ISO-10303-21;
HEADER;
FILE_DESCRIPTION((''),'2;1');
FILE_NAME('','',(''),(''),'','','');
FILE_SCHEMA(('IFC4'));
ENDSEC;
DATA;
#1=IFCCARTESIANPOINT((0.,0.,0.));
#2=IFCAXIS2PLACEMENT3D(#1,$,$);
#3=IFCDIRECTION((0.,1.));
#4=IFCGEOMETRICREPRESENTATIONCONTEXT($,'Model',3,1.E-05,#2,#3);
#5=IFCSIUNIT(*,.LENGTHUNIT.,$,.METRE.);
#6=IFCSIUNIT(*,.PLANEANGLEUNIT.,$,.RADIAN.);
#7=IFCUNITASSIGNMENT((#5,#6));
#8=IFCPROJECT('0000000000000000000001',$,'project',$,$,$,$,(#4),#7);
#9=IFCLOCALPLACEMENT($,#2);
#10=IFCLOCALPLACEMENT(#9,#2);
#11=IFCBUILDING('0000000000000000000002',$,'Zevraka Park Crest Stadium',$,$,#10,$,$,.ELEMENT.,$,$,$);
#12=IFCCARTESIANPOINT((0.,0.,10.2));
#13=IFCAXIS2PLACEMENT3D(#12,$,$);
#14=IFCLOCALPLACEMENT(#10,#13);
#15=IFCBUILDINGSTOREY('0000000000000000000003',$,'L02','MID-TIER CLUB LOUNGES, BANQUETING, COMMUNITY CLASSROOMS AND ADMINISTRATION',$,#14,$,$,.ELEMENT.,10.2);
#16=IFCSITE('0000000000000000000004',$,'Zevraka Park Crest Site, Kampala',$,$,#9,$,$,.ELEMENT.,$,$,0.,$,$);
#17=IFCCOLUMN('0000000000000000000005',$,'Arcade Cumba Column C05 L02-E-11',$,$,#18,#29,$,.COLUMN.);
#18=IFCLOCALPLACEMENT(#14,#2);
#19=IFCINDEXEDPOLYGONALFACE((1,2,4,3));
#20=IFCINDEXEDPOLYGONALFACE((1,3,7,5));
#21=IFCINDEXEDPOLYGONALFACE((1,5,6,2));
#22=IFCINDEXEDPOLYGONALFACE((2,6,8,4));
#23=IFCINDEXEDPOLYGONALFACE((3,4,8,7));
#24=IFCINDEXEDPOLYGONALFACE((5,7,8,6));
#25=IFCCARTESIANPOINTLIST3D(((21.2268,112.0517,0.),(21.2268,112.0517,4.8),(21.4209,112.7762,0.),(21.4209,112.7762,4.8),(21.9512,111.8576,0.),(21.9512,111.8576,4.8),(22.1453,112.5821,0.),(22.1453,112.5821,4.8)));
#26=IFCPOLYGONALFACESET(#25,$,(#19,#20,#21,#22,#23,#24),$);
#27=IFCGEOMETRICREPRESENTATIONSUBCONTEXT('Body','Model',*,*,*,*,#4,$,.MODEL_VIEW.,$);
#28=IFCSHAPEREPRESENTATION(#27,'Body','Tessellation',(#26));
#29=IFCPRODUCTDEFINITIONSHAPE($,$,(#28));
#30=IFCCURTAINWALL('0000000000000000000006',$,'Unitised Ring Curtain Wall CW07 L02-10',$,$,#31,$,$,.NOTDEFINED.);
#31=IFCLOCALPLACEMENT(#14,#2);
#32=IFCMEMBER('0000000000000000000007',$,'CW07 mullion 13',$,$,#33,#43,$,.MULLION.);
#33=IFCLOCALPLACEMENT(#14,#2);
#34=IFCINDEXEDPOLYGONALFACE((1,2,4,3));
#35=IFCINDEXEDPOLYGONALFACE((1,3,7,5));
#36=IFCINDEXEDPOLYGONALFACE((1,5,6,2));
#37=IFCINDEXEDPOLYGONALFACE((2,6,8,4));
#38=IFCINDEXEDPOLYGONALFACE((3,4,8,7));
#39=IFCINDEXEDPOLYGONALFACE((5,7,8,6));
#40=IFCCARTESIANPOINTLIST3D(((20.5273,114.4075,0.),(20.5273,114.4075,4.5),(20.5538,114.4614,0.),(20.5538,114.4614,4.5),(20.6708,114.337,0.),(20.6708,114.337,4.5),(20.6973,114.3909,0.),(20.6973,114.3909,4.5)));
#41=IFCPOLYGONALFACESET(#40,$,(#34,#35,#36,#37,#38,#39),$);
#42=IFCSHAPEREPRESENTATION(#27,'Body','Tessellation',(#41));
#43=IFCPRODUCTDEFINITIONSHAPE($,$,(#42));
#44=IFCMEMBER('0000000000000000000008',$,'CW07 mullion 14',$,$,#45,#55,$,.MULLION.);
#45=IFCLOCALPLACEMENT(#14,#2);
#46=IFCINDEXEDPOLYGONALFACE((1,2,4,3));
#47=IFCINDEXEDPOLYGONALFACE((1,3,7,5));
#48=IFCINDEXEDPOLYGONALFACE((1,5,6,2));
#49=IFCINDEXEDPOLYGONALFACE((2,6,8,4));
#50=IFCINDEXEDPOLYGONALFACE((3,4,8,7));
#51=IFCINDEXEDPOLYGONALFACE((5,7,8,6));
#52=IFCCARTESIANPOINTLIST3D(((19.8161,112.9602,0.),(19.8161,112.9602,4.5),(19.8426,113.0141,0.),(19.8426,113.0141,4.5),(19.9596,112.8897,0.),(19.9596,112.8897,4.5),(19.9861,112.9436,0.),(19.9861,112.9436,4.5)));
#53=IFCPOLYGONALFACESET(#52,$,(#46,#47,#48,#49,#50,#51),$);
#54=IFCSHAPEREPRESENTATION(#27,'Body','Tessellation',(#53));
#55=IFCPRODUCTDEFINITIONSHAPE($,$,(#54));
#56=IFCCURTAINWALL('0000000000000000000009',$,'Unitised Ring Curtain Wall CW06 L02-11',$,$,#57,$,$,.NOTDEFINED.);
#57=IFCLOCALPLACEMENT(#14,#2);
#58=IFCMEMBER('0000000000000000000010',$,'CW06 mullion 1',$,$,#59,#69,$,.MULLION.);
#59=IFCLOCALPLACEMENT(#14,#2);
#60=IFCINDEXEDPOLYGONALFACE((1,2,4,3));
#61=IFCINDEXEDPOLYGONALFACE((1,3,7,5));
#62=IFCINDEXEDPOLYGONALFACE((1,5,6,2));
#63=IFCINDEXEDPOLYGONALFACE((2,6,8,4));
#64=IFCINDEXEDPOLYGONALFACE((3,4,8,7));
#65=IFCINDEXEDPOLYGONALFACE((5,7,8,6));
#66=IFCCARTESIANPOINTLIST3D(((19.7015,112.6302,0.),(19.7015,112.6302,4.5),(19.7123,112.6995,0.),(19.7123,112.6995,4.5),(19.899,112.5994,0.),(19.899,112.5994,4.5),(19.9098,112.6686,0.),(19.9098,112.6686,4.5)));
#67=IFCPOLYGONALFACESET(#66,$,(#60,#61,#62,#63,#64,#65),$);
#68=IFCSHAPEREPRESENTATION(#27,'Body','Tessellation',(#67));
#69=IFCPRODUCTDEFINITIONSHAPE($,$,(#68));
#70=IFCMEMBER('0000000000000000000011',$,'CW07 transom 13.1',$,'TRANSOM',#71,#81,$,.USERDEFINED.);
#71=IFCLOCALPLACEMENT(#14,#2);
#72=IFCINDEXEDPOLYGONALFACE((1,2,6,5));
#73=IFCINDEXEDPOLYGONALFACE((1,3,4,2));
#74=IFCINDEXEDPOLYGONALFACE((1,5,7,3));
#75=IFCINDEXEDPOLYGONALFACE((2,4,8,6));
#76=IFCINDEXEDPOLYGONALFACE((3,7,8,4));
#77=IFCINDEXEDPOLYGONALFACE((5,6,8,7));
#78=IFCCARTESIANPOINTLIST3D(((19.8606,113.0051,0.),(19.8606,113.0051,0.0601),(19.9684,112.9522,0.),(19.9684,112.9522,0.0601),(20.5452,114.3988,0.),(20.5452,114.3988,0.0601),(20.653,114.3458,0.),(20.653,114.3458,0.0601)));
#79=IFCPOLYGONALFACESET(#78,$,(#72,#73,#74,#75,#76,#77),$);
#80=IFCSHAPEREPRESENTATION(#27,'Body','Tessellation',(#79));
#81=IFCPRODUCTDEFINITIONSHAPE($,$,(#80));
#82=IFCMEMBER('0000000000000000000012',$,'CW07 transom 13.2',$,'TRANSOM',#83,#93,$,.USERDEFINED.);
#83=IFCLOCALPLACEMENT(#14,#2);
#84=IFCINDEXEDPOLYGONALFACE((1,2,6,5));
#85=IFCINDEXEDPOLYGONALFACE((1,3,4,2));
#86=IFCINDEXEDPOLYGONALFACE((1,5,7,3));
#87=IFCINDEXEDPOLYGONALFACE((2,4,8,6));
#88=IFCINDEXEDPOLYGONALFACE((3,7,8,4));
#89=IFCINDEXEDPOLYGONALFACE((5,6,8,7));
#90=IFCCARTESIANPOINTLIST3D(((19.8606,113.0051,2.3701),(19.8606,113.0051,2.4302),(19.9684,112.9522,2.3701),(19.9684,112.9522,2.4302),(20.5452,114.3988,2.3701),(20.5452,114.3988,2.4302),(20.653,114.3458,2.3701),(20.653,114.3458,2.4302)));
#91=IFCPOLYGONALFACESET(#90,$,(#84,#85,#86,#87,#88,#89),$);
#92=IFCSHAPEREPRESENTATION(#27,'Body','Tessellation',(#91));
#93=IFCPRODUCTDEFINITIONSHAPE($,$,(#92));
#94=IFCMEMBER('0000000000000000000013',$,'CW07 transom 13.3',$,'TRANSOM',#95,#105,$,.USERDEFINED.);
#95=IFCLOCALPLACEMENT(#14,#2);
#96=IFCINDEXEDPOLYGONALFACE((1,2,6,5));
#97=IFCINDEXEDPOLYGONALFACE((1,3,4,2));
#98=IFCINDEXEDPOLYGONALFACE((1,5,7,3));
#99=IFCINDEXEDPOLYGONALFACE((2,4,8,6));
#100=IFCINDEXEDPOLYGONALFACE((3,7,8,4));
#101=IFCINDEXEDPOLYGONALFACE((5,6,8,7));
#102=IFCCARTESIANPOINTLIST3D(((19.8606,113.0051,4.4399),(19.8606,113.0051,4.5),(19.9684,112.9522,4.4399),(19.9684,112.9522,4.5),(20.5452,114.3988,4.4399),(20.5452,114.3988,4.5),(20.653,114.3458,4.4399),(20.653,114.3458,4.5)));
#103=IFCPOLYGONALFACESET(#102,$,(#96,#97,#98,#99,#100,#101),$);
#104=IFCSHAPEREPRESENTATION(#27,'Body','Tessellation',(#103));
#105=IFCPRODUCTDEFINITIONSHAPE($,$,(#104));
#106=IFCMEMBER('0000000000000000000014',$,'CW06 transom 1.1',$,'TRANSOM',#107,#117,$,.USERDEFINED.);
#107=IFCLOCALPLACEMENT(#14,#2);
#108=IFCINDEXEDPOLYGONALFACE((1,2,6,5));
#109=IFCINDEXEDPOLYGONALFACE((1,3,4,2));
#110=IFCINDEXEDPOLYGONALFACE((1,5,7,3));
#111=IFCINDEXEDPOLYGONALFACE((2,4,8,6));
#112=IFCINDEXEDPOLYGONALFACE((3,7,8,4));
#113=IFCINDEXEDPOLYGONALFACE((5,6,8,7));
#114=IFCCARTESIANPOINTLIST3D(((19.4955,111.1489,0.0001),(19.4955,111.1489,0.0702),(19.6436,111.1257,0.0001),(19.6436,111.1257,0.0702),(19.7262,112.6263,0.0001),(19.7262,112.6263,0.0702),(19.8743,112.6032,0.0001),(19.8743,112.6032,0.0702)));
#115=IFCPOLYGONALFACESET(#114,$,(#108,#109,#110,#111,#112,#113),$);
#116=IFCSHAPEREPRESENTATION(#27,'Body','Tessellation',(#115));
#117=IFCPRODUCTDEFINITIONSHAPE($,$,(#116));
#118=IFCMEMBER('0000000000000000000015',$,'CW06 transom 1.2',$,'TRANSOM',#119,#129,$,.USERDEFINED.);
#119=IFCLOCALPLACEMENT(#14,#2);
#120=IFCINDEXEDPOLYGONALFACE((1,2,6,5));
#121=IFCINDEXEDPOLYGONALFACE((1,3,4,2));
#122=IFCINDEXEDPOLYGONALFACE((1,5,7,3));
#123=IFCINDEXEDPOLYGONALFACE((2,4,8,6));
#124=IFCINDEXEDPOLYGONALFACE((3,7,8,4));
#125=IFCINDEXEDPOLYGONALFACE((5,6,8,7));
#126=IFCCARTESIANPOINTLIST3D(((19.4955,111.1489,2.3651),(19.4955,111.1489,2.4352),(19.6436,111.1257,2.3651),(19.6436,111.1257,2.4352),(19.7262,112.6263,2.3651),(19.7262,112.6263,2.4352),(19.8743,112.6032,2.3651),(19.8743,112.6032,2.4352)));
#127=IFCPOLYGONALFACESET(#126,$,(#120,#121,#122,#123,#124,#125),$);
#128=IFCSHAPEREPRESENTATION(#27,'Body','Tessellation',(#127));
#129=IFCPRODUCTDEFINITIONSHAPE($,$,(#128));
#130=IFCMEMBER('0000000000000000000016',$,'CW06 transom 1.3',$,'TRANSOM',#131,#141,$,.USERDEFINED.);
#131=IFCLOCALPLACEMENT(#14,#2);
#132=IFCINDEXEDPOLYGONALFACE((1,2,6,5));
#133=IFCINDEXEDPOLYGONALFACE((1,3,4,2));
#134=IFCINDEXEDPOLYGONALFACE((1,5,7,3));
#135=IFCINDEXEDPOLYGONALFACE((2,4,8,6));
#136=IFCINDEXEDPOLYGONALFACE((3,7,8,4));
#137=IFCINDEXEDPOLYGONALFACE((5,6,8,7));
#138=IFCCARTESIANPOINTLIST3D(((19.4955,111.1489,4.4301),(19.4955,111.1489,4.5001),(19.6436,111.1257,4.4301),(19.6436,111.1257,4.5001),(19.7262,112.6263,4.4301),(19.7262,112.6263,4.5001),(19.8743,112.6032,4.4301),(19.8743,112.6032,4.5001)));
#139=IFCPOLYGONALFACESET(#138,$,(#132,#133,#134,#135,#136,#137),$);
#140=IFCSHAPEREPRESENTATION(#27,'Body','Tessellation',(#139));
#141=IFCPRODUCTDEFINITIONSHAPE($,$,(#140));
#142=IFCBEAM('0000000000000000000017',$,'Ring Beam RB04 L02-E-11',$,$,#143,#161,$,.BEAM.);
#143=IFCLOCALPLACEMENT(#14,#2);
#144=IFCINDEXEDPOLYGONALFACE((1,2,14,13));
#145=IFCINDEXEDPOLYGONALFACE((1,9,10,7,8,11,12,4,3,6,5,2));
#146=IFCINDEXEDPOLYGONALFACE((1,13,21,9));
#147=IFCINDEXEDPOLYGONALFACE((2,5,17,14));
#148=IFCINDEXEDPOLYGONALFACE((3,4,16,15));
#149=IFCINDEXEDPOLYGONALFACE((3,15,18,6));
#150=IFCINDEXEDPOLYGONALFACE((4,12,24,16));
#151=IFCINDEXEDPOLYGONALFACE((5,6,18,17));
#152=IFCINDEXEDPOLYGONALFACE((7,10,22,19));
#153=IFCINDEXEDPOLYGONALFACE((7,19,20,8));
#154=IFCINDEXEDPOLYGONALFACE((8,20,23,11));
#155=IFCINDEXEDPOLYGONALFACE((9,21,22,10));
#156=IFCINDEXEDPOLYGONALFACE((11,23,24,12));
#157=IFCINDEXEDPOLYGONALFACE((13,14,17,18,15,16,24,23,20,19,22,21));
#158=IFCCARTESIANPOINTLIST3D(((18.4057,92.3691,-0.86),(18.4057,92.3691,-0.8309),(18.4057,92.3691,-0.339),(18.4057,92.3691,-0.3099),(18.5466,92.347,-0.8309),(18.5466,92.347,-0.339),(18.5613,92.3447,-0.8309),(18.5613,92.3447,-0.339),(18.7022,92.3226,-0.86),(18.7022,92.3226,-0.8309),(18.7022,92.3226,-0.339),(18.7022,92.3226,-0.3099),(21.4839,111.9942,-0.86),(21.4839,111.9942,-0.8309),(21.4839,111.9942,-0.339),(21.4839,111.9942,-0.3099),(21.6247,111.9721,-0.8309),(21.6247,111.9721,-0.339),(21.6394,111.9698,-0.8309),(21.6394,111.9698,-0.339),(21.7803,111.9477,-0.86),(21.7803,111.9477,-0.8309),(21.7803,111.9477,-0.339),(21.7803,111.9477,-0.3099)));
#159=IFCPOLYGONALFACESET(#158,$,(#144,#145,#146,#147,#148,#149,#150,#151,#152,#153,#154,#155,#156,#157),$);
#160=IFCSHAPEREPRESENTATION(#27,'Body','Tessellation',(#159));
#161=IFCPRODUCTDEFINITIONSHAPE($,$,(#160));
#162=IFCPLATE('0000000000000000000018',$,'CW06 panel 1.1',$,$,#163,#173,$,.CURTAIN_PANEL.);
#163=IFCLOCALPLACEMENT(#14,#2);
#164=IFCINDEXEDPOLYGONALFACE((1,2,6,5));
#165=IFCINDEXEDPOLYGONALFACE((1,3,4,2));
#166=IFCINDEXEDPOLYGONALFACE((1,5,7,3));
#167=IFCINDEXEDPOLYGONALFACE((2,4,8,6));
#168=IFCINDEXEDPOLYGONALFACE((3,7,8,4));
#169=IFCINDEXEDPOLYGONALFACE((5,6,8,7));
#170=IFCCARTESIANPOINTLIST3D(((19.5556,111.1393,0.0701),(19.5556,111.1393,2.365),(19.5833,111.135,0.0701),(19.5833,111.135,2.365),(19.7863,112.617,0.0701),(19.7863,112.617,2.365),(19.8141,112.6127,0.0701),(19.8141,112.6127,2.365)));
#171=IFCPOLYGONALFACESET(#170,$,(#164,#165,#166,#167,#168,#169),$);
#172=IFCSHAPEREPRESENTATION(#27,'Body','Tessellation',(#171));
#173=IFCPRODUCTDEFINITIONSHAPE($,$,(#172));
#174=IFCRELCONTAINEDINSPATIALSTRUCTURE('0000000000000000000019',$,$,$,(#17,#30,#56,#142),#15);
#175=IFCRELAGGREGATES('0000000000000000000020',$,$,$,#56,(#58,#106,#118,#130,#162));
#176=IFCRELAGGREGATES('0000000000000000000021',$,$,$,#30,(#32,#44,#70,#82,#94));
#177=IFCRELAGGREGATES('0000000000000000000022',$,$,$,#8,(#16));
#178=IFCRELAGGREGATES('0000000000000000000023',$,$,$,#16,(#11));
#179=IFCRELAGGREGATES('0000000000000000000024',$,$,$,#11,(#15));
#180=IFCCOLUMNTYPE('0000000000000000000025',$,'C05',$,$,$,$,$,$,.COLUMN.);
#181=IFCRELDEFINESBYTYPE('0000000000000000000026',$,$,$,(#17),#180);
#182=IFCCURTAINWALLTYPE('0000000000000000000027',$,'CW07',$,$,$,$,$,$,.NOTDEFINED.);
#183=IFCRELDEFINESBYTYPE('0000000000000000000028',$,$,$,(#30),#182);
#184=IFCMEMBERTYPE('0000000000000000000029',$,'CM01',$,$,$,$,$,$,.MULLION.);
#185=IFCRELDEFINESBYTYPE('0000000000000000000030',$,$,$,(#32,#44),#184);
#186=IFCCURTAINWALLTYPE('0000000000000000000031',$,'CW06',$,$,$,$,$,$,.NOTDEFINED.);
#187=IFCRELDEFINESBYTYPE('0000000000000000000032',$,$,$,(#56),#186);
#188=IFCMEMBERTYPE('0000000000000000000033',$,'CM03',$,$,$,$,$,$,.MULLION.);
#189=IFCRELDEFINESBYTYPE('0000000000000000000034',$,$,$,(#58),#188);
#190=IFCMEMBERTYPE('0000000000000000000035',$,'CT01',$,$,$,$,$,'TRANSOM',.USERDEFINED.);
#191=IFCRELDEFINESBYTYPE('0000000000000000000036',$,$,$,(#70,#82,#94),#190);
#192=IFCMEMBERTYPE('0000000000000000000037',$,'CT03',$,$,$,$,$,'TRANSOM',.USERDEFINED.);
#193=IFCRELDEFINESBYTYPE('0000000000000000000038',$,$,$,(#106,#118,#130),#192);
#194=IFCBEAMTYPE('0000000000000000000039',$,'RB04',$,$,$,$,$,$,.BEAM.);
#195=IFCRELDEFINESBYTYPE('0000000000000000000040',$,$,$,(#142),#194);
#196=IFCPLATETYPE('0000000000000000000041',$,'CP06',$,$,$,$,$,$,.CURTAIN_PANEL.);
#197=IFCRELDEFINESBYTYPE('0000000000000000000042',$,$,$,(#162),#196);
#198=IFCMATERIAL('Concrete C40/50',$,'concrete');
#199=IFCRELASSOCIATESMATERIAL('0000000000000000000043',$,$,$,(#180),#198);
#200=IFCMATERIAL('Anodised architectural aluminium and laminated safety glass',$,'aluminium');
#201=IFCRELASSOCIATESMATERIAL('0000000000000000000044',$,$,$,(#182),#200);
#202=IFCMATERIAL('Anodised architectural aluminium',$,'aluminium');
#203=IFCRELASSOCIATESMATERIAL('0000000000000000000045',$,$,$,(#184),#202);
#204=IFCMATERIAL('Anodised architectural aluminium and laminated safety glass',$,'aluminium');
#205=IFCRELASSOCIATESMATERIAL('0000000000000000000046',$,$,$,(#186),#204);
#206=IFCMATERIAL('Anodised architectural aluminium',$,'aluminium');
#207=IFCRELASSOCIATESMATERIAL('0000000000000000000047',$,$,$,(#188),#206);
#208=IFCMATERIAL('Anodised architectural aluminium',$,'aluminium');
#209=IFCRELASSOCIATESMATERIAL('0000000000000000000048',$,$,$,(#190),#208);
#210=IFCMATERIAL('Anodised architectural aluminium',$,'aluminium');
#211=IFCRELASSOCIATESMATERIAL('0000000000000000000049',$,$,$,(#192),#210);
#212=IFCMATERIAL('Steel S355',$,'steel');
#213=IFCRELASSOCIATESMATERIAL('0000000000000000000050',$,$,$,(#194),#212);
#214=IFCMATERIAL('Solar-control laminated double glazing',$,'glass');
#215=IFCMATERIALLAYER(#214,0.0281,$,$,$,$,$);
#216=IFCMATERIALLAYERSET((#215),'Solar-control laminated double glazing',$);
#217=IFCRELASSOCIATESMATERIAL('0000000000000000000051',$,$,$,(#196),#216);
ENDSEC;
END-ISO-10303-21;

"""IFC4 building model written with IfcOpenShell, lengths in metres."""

from ifc_helpers import new_model, si_unit, direction, frame, origin, origin_2d, place, context, subcontext, project, spatial, rectangle, i_section, extrude, material, layer, layer_set, material_profile, profile_set, type_object, element, aggregate, save


model = new_model("IFC4")

# Units and contexts
model_context = context("Model", 3, precision=1e-05, world=origin(), true_north=direction((0.0, 1.0)))
body_context = subcontext(model_context, "Body", "Model", "MODEL_VIEW")
ifc_project = project(units=[si_unit("LENGTHUNIT", "METRE"), si_unit("PLANEANGLEUNIT", "RADIAN")], contexts=[model_context])

# Site, building, storey
site_placement = place(None, origin())
site = spatial("IfcSite", under=ifc_project, at=site_placement, Name="Zevraka Park Crest Site, Kampala", CompositionType="ELEMENT", RefElevation=0.0)
building_placement = place(site_placement, origin())
building = spatial("IfcBuilding", under=site, at=building_placement, Name="Zevraka Park Crest Stadium", CompositionType="ELEMENT")
storey_placement = place(building_placement, frame((0.0, 0.0, 10.2)))
storey = spatial("IfcBuildingStorey", under=building, at=storey_placement, Name="L02", Description="MID-TIER CLUB LOUNGES, BANQUETING, COMMUNITY CLASSROOMS AND ADMINISTRATION", CompositionType="ELEMENT", Elevation=10.2)

# Column
ifc_material_1 = material(Name="Concrete C40/50", Category="concrete")
ifc_material_profile_1 = material_profile(ifc_material_1, rectangle(XDim=0.75, YDim=0.75, at=origin_2d()), Name="RC 750x750")
ifc_profile_set_1 = profile_set([ifc_material_profile_1], Name="Concrete C40/50")
column_type = type_object("IfcColumnType", Name="C05", PredefinedType="COLUMN", material=ifc_profile_set_1)
column_placement = place(storey_placement, frame((21.686, 112.3169, 0.0), z_axis=(0.0, 0.0, 1.0), x_axis=(-0.965926, 0.258819, 0.0)))
element("IfcColumn", 1, at=column_placement, inside=storey, type_object=column_type, Name="Arcade Cumba Column C05 L02-E-11", PredefinedType="COLUMN", context=body_context, shape_type="SweptSolid", body=[
    extrude(rectangle(XDim=0.75, YDim=0.75, at=origin_2d()), origin(), (0.0, 0.0, 1.0), 4.8),
])

# Curtain wall, members
ifc_material_2 = material(Name="Anodised architectural aluminium and laminated safety glass", Category="aluminium")
curtain_wall_type_1 = type_object("IfcCurtainWallType", Name="CW07", PredefinedType="NOTDEFINED", material=ifc_material_2)
curtain_wall_1_placement = place(storey_placement, origin())
curtain_wall_1 = element("IfcCurtainWall", 2, at=curtain_wall_1_placement, inside=storey, type_object=curtain_wall_type_1, Name="Unitised Ring Curtain Wall CW07 L02-10", PredefinedType="NOTDEFINED")
ifc_material_3 = material(Name="Anodised architectural aluminium", Category="aluminium")
ifc_material_profile_2 = material_profile(ifc_material_3, rectangle(XDim=0.1599, YDim=0.0601, at=origin_2d()), Name="ALU MULLION 160x60")
ifc_profile_set_2 = profile_set([ifc_material_profile_2], Name="Anodised architectural aluminium")
member_type_1 = type_object("IfcMemberType", Name="CM01", PredefinedType="MULLION", material=ifc_profile_set_2)
member_1_placement = place(storey_placement, frame((20.6123, 114.3992, 0.0), z_axis=(0.0, 0.0, 1.0), x_axis=(0.897497, -0.441021, 0.0)))
member_1 = element("IfcMember", 3, at=member_1_placement, type_object=member_type_1, Name="CW07 mullion 13", PredefinedType="MULLION", context=body_context, shape_type="SweptSolid", body=[
    extrude(rectangle(XDim=0.1599, YDim=0.0601, at=origin_2d()), origin(), (0.0, 0.0, 1.0), 4.5),
])
member_2_placement = place(storey_placement, frame((19.9011, 112.9519, 0.0), z_axis=(0.0, 0.0, 1.0), x_axis=(0.897497, -0.441021, 0.0)))
member_2 = element("IfcMember", 4, at=member_2_placement, type_object=member_type_1, Name="CW07 mullion 14", PredefinedType="MULLION", context=body_context, shape_type="SweptSolid", body=[
    extrude(rectangle(XDim=0.1599, YDim=0.0601, at=origin_2d()), origin(), (0.0, 0.0, 1.0), 4.5),
])

# Curtain wall, member
ifc_material_4 = material(Name="Anodised architectural aluminium and laminated safety glass", Category="aluminium")
curtain_wall_type_2 = type_object("IfcCurtainWallType", Name="CW06", PredefinedType="NOTDEFINED", material=ifc_material_4)
curtain_wall_2_placement = place(storey_placement, origin())
curtain_wall_2 = element("IfcCurtainWall", 5, at=curtain_wall_2_placement, inside=storey, type_object=curtain_wall_type_2, Name="Unitised Ring Curtain Wall CW06 L02-11", PredefinedType="NOTDEFINED")
ifc_material_5 = material(Name="Anodised architectural aluminium", Category="aluminium")
ifc_material_profile_3 = material_profile(ifc_material_5, rectangle(XDim=0.2, YDim=0.0701, at=origin_2d()), Name="ALU MULLION 200x70")
ifc_profile_set_3 = profile_set([ifc_material_profile_3], Name="Anodised architectural aluminium")
member_type_2 = type_object("IfcMemberType", Name="CM03", PredefinedType="MULLION", material=ifc_profile_set_3)
member_3_placement = place(storey_placement, frame((19.8057, 112.6494, 0.0), z_axis=(0.0, 0.0, 1.0), x_axis=(0.988028, -0.154274, 0.0)))
member_3 = element("IfcMember", 6, at=member_3_placement, type_object=member_type_2, Name="CW06 mullion 1", PredefinedType="MULLION", context=body_context, shape_type="SweptSolid", body=[
    extrude(rectangle(XDim=0.2, YDim=0.0701, at=origin_2d()), origin(), (0.0, 0.0, 1.0), 4.5),
])

# Members
ifc_material_6 = material(Name="Anodised architectural aluminium", Category="aluminium")
ifc_material_profile_4 = material_profile(ifc_material_6, rectangle(XDim=0.1201, YDim=0.0601, at=origin_2d()), Name="ALU TRANSOM 120x60")
ifc_profile_set_4 = profile_set([ifc_material_profile_4], Name="Anodised architectural aluminium")
member_type_3 = type_object("IfcMemberType", Name="CT01", ElementType="TRANSOM", PredefinedType="USERDEFINED", material=ifc_profile_set_4)
member_4_placement = place(storey_placement, frame((20.5991, 114.3723, 0.03), z_axis=(-0.440913, -0.89755, 0.0), x_axis=(0.89755, -0.440913, 0.0)))
member_4 = element("IfcMember", 7, at=member_4_placement, type_object=member_type_3, Name="CW07 transom 13.1", ObjectType="TRANSOM", PredefinedType="USERDEFINED", context=body_context, shape_type="SweptSolid", body=[
    extrude(rectangle(XDim=0.1201, YDim=0.0601, at=origin_2d()), origin(), (0.0, 0.0, 1.0), 1.5527),
])
member_5_placement = place(storey_placement, frame((20.5991, 114.3723, 2.4001), z_axis=(-0.440913, -0.89755, 0.0), x_axis=(0.89755, -0.440913, 0.0)))
member_5 = element("IfcMember", 8, at=member_5_placement, type_object=member_type_3, Name="CW07 transom 13.2", ObjectType="TRANSOM", PredefinedType="USERDEFINED", context=body_context, shape_type="SweptSolid", body=[
    extrude(rectangle(XDim=0.1201, YDim=0.0601, at=origin_2d()), origin(), (0.0, 0.0, 1.0), 1.5527),
])
member_6_placement = place(storey_placement, frame((20.5991, 114.3723, 4.47), z_axis=(-0.440913, -0.89755, 0.0), x_axis=(0.89755, -0.440913, 0.0)))
member_6 = element("IfcMember", 9, at=member_6_placement, type_object=member_type_3, Name="CW07 transom 13.3", ObjectType="TRANSOM", PredefinedType="USERDEFINED", context=body_context, shape_type="SweptSolid", body=[
    extrude(rectangle(XDim=0.1201, YDim=0.0601, at=origin_2d()), origin(), (0.0, 0.0, 1.0), 1.5527),
])
ifc_material_7 = material(Name="Anodised architectural aluminium", Category="aluminium")
ifc_material_profile_5 = material_profile(ifc_material_7, rectangle(XDim=0.1499, YDim=0.0701, at=origin_2d()), Name="ALU TRANSOM 150x70")
ifc_profile_set_5 = profile_set([ifc_material_profile_5], Name="Anodised architectural aluminium")
member_type_4 = type_object("IfcMemberType", Name="CT03", ElementType="TRANSOM", PredefinedType="USERDEFINED", material=ifc_profile_set_5)
member_7_placement = place(storey_placement, frame((19.8003, 112.6147, 0.0352), z_axis=(-0.154277, -0.988028, 0.0), x_axis=(0.988028, -0.154277, 0.0)))
member_7 = element("IfcMember", 10, at=member_7_placement, type_object=member_type_4, Name="CW06 transom 1.1", ObjectType="TRANSOM", PredefinedType="USERDEFINED", context=body_context, shape_type="SweptSolid", body=[
    extrude(rectangle(XDim=0.1499, YDim=0.0701, at=origin_2d()), origin(), (0.0, 0.0, 1.0), 1.4954),
])
member_8_placement = place(storey_placement, frame((19.8003, 112.6147, 2.4001), z_axis=(-0.154277, -0.988028, 0.0), x_axis=(0.988028, -0.154277, 0.0)))
member_8 = element("IfcMember", 11, at=member_8_placement, type_object=member_type_4, Name="CW06 transom 1.2", ObjectType="TRANSOM", PredefinedType="USERDEFINED", context=body_context, shape_type="SweptSolid", body=[
    extrude(rectangle(XDim=0.1499, YDim=0.0701, at=origin_2d()), origin(), (0.0, 0.0, 1.0), 1.4954),
])
member_9_placement = place(storey_placement, frame((19.8003, 112.6147, 4.4651), z_axis=(-0.154277, -0.988028, 0.0), x_axis=(0.988028, -0.154277, 0.0)))
member_9 = element("IfcMember", 12, at=member_9_placement, type_object=member_type_4, Name="CW06 transom 1.3", ObjectType="TRANSOM", PredefinedType="USERDEFINED", context=body_context, shape_type="SweptSolid", body=[
    extrude(rectangle(XDim=0.1499, YDim=0.0701, at=origin_2d()), origin(), (0.0, 0.0, 1.0), 1.4954),
])

# Beam
ifc_material_8 = material(Name="Steel S355", Category="steel")
ifc_material_profile_6 = material_profile(ifc_material_8, i_section(OverallWidth=0.3, OverallDepth=0.55, WebThickness=0.0149, FlangeThickness=0.0291, at=origin_2d()), Name="HEB 550")
ifc_profile_set_6 = profile_set([ifc_material_profile_6], Name="Steel S355")
beam_type = type_object("IfcBeamType", Name="RB04", PredefinedType="BEAM", material=ifc_profile_set_6)
beam_placement = place(storey_placement, frame((21.6321, 111.9709, -0.585), z_axis=(-0.154953, -0.987922, 0.0), x_axis=(0.987922, -0.154953, 0.0)))
element("IfcBeam", 13, at=beam_placement, inside=storey, type_object=beam_type, Name="Ring Beam RB04 L02-E-11", PredefinedType="BEAM", context=body_context, shape_type="SweptSolid", body=[
    extrude(i_section(OverallWidth=0.3, OverallDepth=0.55, WebThickness=0.0149, FlangeThickness=0.0291, at=origin_2d()), origin(), (0.0, 0.0, 1.0), 19.865),
])

# Plate
ifc_material_9 = material(Name="Solar-control laminated double glazing", Category="glass")
ifc_layer_1 = layer(ifc_material_9, 0.0281)
ifc_layer_set_1 = layer_set([ifc_layer_1], Name="Solar-control laminated double glazing")
plate_type_1 = type_object("IfcPlateType", Name="CP06", PredefinedType="CURTAIN_PANEL", material=ifc_layer_set_1)
plate_1_placement = place(storey_placement, frame((19.6848, 111.876, 0.0701), z_axis=(0.0, 0.0, 1.0), x_axis=(-0.154274, -0.988028, 0.0)))
plate_1 = element("IfcPlate", 14, at=plate_1_placement, type_object=plate_type_1, Name="CW06 panel 1.1", PredefinedType="CURTAIN_PANEL", context=body_context, shape_type="SweptSolid", body=[
    extrude(rectangle(XDim=1.4956, YDim=0.0281, at=origin_2d()), origin(), (0.0, 0.0, 1.0), 2.2949),
])
aggregate(curtain_wall_2, [member_3, member_7, member_8, member_9, plate_1])
aggregate(curtain_wall_1, [member_1, member_2, member_4, member_5, member_6])

save(model, "model.ifc")
